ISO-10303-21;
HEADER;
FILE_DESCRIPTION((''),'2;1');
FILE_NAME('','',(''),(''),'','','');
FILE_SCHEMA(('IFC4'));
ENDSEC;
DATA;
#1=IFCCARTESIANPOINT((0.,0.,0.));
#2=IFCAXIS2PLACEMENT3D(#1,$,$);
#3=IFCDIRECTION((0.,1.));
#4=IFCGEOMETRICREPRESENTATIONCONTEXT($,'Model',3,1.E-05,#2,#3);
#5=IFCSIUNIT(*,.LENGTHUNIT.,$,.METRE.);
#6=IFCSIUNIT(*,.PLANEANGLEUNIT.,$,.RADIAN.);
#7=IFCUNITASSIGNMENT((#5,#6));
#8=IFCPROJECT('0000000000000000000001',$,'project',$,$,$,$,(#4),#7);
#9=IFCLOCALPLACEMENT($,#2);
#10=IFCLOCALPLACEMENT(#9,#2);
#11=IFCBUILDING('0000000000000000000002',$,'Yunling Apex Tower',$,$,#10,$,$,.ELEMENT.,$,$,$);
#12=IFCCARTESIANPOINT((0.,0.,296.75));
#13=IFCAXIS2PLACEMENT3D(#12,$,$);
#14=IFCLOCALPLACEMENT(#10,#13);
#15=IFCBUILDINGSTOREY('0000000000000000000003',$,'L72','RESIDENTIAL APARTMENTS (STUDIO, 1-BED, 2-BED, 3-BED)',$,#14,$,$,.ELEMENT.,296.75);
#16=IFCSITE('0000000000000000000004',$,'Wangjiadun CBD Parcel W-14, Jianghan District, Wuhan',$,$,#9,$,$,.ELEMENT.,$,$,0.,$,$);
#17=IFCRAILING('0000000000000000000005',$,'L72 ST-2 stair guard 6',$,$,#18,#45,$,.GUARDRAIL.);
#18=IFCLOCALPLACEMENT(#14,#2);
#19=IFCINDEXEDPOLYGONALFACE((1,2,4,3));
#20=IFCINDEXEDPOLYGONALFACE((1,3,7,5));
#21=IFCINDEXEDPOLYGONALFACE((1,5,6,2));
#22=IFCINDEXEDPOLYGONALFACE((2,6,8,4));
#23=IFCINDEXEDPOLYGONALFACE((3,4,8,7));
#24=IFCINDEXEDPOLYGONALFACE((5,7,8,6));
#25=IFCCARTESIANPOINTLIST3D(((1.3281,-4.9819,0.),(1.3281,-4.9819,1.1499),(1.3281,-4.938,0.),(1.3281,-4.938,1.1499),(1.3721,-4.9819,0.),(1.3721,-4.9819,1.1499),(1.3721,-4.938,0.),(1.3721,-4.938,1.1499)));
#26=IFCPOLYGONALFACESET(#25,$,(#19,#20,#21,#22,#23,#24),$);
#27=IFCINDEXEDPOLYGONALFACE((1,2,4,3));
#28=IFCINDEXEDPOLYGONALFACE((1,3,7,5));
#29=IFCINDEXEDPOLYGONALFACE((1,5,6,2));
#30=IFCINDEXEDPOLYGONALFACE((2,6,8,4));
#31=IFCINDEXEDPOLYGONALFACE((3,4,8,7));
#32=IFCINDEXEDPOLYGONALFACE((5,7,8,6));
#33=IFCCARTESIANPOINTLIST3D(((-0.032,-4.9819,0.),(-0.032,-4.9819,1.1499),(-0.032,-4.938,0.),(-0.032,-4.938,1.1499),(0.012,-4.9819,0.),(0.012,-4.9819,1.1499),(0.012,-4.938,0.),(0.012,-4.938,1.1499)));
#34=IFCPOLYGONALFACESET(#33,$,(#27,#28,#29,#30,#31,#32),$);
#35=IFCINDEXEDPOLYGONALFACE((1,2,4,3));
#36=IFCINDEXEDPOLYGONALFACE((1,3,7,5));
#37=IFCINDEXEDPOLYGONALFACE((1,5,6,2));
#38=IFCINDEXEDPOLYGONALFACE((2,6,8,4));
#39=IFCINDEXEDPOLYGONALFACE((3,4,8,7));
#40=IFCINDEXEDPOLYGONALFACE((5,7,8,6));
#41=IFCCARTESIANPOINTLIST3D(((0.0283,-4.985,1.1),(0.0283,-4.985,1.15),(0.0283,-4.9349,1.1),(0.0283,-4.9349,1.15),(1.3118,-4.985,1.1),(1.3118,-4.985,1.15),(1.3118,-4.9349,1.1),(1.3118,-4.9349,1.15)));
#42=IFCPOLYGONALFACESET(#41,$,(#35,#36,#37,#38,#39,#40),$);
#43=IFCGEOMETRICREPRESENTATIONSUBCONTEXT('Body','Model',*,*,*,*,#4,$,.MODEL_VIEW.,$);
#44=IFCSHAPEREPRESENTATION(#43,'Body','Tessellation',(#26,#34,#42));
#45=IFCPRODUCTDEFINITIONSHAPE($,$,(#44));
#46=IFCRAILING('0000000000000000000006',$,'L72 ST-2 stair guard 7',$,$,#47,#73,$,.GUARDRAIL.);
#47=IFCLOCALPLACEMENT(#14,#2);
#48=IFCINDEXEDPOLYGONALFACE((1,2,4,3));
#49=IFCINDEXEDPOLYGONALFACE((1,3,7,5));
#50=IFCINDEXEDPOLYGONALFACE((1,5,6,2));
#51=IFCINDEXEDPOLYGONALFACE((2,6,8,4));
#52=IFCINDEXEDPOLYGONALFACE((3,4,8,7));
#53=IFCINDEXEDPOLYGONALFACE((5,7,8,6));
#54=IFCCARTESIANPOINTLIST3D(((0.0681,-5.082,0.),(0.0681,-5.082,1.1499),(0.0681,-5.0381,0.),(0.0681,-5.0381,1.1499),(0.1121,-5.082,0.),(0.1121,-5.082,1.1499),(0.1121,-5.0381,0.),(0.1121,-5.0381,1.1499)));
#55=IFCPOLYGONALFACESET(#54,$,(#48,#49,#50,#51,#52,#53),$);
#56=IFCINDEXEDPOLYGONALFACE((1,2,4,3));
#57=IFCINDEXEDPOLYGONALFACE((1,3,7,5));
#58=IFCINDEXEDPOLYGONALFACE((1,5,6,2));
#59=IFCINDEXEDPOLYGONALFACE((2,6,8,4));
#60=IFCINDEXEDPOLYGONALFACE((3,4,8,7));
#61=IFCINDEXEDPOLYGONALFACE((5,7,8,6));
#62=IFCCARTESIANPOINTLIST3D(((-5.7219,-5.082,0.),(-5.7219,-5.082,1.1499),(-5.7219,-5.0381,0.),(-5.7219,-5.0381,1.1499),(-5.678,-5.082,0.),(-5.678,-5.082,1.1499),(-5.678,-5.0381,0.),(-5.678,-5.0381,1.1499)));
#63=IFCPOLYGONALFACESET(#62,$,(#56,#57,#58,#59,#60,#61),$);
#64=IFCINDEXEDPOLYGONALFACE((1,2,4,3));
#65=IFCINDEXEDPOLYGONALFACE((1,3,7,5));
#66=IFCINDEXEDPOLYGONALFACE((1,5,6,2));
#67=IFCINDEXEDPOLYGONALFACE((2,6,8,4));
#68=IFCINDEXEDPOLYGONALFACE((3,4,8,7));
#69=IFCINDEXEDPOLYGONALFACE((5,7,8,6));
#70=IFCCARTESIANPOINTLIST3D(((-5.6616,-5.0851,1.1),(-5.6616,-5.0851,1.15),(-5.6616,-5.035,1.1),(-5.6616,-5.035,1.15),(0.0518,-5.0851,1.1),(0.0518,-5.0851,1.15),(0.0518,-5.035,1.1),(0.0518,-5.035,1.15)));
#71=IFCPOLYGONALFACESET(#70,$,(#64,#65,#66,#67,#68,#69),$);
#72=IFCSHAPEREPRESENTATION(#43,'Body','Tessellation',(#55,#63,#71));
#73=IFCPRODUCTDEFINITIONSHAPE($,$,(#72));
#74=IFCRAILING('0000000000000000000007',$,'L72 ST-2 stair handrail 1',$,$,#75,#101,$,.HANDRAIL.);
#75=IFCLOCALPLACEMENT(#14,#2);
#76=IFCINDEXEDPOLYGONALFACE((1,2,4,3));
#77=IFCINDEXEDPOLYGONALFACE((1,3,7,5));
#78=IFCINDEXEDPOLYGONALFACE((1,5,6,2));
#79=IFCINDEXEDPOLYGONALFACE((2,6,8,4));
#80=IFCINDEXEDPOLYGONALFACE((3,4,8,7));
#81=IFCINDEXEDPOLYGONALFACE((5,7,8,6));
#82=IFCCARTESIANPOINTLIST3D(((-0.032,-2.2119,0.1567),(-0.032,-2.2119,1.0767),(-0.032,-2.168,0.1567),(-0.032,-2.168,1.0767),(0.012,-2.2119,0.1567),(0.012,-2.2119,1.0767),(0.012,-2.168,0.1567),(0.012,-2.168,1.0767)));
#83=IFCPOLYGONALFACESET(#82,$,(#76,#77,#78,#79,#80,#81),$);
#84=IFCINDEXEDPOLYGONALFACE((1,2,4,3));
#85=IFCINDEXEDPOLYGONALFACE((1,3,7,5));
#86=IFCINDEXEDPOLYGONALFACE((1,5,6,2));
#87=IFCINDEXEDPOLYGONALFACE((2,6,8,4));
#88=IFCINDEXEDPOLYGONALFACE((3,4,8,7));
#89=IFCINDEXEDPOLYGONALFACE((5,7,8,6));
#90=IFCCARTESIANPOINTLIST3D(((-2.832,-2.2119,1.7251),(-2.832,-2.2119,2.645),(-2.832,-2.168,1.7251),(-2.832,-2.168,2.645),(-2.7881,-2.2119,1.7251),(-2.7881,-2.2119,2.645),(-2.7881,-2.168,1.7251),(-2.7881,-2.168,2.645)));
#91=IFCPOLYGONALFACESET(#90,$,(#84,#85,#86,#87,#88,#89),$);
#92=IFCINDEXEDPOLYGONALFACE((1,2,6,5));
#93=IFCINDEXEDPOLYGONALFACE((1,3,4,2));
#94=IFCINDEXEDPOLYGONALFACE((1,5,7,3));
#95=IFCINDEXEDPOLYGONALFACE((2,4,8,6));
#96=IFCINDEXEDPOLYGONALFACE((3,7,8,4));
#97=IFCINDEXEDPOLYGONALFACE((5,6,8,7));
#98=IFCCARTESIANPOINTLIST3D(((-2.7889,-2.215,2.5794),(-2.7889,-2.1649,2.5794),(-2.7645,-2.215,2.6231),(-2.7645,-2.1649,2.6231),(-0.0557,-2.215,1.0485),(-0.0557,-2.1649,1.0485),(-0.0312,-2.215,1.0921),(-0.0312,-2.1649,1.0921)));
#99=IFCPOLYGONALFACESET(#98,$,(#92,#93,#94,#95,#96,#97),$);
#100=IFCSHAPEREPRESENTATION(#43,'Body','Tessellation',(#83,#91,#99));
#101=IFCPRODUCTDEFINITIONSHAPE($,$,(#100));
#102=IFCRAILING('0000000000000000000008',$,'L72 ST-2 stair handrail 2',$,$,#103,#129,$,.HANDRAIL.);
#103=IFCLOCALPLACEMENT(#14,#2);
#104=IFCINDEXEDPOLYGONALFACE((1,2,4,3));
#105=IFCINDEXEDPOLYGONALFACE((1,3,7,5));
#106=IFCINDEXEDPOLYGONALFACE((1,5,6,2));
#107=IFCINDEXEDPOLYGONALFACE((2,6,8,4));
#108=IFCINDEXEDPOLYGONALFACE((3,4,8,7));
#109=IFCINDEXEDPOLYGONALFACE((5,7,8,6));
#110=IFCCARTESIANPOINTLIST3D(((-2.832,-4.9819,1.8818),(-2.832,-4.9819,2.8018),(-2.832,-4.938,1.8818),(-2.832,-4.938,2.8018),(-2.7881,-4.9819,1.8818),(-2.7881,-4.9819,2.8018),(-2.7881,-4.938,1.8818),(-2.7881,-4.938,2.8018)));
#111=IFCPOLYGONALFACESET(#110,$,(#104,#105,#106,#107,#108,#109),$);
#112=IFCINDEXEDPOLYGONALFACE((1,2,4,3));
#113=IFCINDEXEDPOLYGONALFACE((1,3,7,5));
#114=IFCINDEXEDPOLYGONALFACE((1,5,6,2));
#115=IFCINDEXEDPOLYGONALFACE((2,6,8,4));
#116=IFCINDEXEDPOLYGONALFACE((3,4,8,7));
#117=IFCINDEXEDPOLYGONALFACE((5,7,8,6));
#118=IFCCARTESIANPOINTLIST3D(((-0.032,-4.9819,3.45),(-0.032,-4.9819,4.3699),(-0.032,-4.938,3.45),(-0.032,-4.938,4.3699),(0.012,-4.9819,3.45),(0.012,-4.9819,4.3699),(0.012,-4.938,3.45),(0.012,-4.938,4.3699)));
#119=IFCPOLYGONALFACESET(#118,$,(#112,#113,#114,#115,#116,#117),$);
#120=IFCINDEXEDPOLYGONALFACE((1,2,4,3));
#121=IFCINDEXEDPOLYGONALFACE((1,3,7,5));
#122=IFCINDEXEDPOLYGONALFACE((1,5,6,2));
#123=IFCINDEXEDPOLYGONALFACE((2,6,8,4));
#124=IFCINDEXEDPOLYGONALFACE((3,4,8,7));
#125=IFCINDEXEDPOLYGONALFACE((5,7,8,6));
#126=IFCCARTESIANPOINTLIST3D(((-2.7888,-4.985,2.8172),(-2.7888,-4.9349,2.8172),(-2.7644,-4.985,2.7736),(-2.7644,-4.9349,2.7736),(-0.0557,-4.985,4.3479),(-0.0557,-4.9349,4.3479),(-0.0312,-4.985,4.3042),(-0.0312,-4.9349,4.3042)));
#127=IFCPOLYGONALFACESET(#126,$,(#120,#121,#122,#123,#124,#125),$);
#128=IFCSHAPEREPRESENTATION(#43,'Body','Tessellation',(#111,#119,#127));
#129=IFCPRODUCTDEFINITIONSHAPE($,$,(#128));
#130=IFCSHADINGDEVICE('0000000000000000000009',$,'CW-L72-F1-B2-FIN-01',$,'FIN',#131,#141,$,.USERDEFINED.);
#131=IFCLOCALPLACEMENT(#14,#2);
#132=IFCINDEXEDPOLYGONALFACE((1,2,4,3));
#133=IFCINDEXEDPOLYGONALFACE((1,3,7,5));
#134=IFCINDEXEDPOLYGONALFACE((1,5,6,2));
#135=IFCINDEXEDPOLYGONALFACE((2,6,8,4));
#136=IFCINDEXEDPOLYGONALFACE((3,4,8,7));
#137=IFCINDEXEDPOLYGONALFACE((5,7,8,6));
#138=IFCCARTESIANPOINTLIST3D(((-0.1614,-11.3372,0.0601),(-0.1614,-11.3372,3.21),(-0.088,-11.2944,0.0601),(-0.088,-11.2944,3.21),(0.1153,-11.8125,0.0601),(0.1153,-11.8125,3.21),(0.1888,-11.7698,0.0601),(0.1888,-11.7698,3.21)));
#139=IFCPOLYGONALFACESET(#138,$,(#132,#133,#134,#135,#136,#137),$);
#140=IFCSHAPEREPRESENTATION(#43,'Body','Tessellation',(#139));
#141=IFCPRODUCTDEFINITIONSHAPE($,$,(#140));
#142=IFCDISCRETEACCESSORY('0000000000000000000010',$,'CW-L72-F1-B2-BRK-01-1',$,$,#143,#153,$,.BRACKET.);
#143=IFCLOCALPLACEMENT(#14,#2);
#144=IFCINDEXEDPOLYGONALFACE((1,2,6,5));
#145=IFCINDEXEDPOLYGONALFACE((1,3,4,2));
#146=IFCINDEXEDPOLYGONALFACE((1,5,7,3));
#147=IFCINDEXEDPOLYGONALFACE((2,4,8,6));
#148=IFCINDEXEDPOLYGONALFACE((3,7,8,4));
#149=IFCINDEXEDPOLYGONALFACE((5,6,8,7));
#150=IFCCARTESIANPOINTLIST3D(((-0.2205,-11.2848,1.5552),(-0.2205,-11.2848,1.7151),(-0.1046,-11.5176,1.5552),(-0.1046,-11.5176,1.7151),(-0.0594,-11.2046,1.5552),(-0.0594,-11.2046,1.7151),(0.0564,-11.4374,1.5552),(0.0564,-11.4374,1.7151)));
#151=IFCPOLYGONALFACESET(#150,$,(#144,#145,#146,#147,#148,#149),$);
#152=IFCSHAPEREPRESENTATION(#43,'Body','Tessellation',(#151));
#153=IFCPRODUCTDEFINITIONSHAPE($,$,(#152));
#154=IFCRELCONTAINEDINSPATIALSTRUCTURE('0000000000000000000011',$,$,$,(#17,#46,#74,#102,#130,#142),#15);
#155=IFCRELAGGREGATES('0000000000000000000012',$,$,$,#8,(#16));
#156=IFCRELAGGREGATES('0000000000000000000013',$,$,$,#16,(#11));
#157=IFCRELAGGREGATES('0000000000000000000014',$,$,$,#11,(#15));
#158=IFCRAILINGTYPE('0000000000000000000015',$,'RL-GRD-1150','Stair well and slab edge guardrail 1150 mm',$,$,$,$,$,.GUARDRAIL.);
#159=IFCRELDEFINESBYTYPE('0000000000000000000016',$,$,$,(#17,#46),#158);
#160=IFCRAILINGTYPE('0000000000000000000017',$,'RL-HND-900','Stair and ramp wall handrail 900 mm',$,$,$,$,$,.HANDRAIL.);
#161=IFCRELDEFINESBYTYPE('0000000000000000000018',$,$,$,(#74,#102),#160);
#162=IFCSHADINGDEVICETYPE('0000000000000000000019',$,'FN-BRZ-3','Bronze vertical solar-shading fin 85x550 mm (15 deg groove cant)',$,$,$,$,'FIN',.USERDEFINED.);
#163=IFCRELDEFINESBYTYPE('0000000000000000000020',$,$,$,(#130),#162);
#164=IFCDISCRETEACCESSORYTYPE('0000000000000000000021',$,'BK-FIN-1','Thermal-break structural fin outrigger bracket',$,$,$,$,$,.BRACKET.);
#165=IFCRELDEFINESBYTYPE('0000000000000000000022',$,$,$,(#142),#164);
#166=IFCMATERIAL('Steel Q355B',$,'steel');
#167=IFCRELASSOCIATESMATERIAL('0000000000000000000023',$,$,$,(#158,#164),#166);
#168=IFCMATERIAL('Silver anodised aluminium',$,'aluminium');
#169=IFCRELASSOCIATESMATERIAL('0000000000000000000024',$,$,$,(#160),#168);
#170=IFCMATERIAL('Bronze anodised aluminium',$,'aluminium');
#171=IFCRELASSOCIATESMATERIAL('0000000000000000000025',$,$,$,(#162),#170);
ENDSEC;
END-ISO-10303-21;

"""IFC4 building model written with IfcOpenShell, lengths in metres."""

from ifc_helpers import new_model, si_unit, direction, frame, origin, origin_2d, place, context, subcontext, project, spatial, rectangle, extrude, source, transform, mapped, material, material_profile, profile_set, type_object, element, save


model = new_model("IFC4")

# Units and contexts
model_context = context("Model", 3, precision=1e-05, world=origin(), true_north=direction((0.0, 1.0)))
body_context = subcontext(model_context, "Body", "Model", "MODEL_VIEW")
ifc_project = project(units=[si_unit("LENGTHUNIT", "METRE"), si_unit("PLANEANGLEUNIT", "RADIAN")], contexts=[model_context])

# Site, building, storey
site_placement = place(None, origin())
site = spatial("IfcSite", under=ifc_project, at=site_placement, Name="Wangjiadun CBD Parcel W-14, Jianghan District, Wuhan", CompositionType="ELEMENT", RefElevation=0.0)
building_placement = place(site_placement, origin())
building = spatial("IfcBuilding", under=site, at=building_placement, Name="Yunling Apex Tower", CompositionType="ELEMENT")
storey_placement = place(building_placement, frame((0.0, 0.0, 296.75)))
storey = spatial("IfcBuildingStorey", under=building, at=storey_placement, Name="L72", Description="RESIDENTIAL APARTMENTS (STUDIO, 1-BED, 2-BED, 3-BED)", CompositionType="ELEMENT", Elevation=296.75)

# Shared definitions
ifc_material_1 = material(Name="Steel Q355B", Category="steel")

# Shared definitions
ifc_material_2 = material(Name="Bronze anodised aluminium", Category="aluminium")

# Railings
railing_type_1 = type_object("IfcRailingType", Name="RL-GRD-1150", Description="Stair well and slab edge guardrail 1150 mm", PredefinedType="GUARDRAIL", material=ifc_material_1)
railing_1_placement = place(storey_placement, frame((1.3501, -4.96, 0.0)))
element("IfcRailing", 1, at=railing_1_placement, inside=storey, type_object=railing_type_1, Name="L72 ST-2 stair guard 6", PredefinedType="GUARDRAIL", context=body_context, shape_type="SweptSolid", body=[
    extrude(rectangle(XDim=0.0439, YDim=0.0439, at=origin_2d()), origin(), (0.0, 0.0, 1.0), 1.1499),
    extrude(rectangle(XDim=0.0439, YDim=0.0439, at=origin_2d()), frame((-1.3601, 0.0, 0.0)), (0.0, 0.0, 1.0), 1.1499),
    extrude(rectangle(XDim=0.05, YDim=0.05, at=origin_2d()), frame((-0.0383, 0.0, 1.125), z_axis=(-1.0, 0.0, 0.0), x_axis=(0.0, -1.0, 0.0)), (0.0, 0.0, 1.0), 1.2834),
])
railing_2_placement = place(storey_placement, frame((0.0901, -5.0601, 0.0)))
element("IfcRailing", 2, at=railing_2_placement, inside=storey, type_object=railing_type_1, Name="L72 ST-2 stair guard 7", PredefinedType="GUARDRAIL", context=body_context, shape_type="SweptSolid", body=[
    extrude(rectangle(XDim=0.0439, YDim=0.0439, at=origin_2d()), origin(), (0.0, 0.0, 1.0), 1.1499),
    extrude(rectangle(XDim=0.0439, YDim=0.0439, at=origin_2d()), frame((-5.79, 0.0, 0.0)), (0.0, 0.0, 1.0), 1.1499),
    extrude(rectangle(XDim=0.05, YDim=0.05, at=origin_2d()), frame((-0.0383, 0.0, 1.125), z_axis=(-1.0, 0.0, 0.0), x_axis=(0.0, -1.0, 0.0)), (0.0, 0.0, 1.0), 5.7134),
])
ifc_material_3 = material(Name="Silver anodised aluminium", Category="aluminium")
railing_type_2 = type_object("IfcRailingType", Name="RL-HND-900", Description="Stair and ramp wall handrail 900 mm", PredefinedType="HANDRAIL", material=ifc_material_3)
railing_3_placement = place(storey_placement, frame((-0.01, -2.1899, 0.1567)))
element("IfcRailing", 3, at=railing_3_placement, inside=storey, type_object=railing_type_2, Name="L72 ST-2 stair handrail 1", PredefinedType="HANDRAIL", context=body_context, shape_type="SweptSolid", body=[
    extrude(rectangle(XDim=0.0439, YDim=0.0439, at=origin_2d()), origin(), (0.0, 0.0, 1.0), 0.9199),
    extrude(rectangle(XDim=0.0439, YDim=0.0439, at=origin_2d()), frame((-2.8, 0.0, 1.5684)), (0.0, 0.0, 1.0), 0.9199),
    extrude(rectangle(XDim=0.05, YDim=0.05, at=origin_2d()), frame((-0.0334, 0.0, 0.9136), z_axis=(-0.872462, 0.0, 0.488682), x_axis=(0.0, -1.0, 0.0)), (0.0, 0.0, 1.0), 3.1328),
])
railing_4_placement = place(storey_placement, frame((-2.8101, -4.96, 1.8818)))
element("IfcRailing", 4, at=railing_4_placement, inside=storey, type_object=railing_type_2, Name="L72 ST-2 stair handrail 2", PredefinedType="HANDRAIL", context=body_context, shape_type="SweptSolid", body=[
    extrude(rectangle(XDim=0.0439, YDim=0.0439, at=origin_2d()), origin(), (0.0, 0.0, 1.0), 0.9199),
    extrude(rectangle(XDim=0.0439, YDim=0.0439, at=origin_2d()), frame((2.8, 0.0, 1.5681)), (0.0, 0.0, 1.0), 0.9199),
    extrude(rectangle(XDim=0.05, YDim=0.05, at=origin_2d()), frame((0.0334, 0.0, 0.9136), z_axis=(0.872494, 0.0, 0.488624), x_axis=(0.0, 1.0, 0.0)), (0.0, 0.0, 1.0), 3.1326),
])

# Shading device
ifc_material_profile_1 = material_profile(ifc_material_2, rectangle(XDim=0.085, YDim=0.55, at=origin_2d()))
ifc_profile_set_1 = profile_set([ifc_material_profile_1], Name="Bronze anodised aluminium")
shading_device_type = type_object("IfcShadingDeviceType", Name="FN-BRZ-3", Description="Bronze vertical solar-shading fin 85x550 mm (15 deg groove cant)", ElementType="FIN", PredefinedType="USERDEFINED", material=ifc_profile_set_1)
shared_shape_1 = source(origin(), body_context, "Body", "SweptSolid", [
    extrude(rectangle(XDim=0.085, YDim=0.55, at=origin_2d()), origin(), (0.0, 0.0, 1.0), 3.1499),
])
shading_device_placement = place(storey_placement, frame((0.0137, -11.5535, 0.0601), z_axis=(0.0, 0.0, 1.0), x_axis=(0.864187, 0.503171, 0.0)))
element("IfcShadingDevice", 5, at=shading_device_placement, inside=storey, type_object=shading_device_type, Name="CW-L72-F1-B2-FIN-01", ObjectType="FIN", PredefinedType="USERDEFINED", context=body_context, shape_type="MappedRepresentation", body=[
    mapped(shared_shape_1, transform((0.0, 0.0, 0.0), scale=1.0)),
])

# Discrete accessory
discrete_accessory_type = type_object("IfcDiscreteAccessoryType", Name="BK-FIN-1", Description="Thermal-break structural fin outrigger bracket", PredefinedType="BRACKET", material=ifc_material_1)
shared_shape_2 = source(origin(), body_context, "Body", "SweptSolid", [
    extrude(rectangle(XDim=0.1799, YDim=0.26, at=origin_2d()), origin(), (0.0, 0.0, 1.0), 0.1599),
])
discrete_accessory_placement = place(storey_placement, frame((-0.082, -11.3611, 1.5552), z_axis=(0.0, 0.0, 1.0), x_axis=(0.895246, 0.445573, 0.0)))
element("IfcDiscreteAccessory", 6, at=discrete_accessory_placement, inside=storey, type_object=discrete_accessory_type, Name="CW-L72-F1-B2-BRK-01-1", PredefinedType="BRACKET", context=body_context, shape_type="MappedRepresentation", body=[
    mapped(shared_shape_2, transform((0.0, 0.0, 0.0), scale=1.0)),
])

save(model, "model.ifc")
